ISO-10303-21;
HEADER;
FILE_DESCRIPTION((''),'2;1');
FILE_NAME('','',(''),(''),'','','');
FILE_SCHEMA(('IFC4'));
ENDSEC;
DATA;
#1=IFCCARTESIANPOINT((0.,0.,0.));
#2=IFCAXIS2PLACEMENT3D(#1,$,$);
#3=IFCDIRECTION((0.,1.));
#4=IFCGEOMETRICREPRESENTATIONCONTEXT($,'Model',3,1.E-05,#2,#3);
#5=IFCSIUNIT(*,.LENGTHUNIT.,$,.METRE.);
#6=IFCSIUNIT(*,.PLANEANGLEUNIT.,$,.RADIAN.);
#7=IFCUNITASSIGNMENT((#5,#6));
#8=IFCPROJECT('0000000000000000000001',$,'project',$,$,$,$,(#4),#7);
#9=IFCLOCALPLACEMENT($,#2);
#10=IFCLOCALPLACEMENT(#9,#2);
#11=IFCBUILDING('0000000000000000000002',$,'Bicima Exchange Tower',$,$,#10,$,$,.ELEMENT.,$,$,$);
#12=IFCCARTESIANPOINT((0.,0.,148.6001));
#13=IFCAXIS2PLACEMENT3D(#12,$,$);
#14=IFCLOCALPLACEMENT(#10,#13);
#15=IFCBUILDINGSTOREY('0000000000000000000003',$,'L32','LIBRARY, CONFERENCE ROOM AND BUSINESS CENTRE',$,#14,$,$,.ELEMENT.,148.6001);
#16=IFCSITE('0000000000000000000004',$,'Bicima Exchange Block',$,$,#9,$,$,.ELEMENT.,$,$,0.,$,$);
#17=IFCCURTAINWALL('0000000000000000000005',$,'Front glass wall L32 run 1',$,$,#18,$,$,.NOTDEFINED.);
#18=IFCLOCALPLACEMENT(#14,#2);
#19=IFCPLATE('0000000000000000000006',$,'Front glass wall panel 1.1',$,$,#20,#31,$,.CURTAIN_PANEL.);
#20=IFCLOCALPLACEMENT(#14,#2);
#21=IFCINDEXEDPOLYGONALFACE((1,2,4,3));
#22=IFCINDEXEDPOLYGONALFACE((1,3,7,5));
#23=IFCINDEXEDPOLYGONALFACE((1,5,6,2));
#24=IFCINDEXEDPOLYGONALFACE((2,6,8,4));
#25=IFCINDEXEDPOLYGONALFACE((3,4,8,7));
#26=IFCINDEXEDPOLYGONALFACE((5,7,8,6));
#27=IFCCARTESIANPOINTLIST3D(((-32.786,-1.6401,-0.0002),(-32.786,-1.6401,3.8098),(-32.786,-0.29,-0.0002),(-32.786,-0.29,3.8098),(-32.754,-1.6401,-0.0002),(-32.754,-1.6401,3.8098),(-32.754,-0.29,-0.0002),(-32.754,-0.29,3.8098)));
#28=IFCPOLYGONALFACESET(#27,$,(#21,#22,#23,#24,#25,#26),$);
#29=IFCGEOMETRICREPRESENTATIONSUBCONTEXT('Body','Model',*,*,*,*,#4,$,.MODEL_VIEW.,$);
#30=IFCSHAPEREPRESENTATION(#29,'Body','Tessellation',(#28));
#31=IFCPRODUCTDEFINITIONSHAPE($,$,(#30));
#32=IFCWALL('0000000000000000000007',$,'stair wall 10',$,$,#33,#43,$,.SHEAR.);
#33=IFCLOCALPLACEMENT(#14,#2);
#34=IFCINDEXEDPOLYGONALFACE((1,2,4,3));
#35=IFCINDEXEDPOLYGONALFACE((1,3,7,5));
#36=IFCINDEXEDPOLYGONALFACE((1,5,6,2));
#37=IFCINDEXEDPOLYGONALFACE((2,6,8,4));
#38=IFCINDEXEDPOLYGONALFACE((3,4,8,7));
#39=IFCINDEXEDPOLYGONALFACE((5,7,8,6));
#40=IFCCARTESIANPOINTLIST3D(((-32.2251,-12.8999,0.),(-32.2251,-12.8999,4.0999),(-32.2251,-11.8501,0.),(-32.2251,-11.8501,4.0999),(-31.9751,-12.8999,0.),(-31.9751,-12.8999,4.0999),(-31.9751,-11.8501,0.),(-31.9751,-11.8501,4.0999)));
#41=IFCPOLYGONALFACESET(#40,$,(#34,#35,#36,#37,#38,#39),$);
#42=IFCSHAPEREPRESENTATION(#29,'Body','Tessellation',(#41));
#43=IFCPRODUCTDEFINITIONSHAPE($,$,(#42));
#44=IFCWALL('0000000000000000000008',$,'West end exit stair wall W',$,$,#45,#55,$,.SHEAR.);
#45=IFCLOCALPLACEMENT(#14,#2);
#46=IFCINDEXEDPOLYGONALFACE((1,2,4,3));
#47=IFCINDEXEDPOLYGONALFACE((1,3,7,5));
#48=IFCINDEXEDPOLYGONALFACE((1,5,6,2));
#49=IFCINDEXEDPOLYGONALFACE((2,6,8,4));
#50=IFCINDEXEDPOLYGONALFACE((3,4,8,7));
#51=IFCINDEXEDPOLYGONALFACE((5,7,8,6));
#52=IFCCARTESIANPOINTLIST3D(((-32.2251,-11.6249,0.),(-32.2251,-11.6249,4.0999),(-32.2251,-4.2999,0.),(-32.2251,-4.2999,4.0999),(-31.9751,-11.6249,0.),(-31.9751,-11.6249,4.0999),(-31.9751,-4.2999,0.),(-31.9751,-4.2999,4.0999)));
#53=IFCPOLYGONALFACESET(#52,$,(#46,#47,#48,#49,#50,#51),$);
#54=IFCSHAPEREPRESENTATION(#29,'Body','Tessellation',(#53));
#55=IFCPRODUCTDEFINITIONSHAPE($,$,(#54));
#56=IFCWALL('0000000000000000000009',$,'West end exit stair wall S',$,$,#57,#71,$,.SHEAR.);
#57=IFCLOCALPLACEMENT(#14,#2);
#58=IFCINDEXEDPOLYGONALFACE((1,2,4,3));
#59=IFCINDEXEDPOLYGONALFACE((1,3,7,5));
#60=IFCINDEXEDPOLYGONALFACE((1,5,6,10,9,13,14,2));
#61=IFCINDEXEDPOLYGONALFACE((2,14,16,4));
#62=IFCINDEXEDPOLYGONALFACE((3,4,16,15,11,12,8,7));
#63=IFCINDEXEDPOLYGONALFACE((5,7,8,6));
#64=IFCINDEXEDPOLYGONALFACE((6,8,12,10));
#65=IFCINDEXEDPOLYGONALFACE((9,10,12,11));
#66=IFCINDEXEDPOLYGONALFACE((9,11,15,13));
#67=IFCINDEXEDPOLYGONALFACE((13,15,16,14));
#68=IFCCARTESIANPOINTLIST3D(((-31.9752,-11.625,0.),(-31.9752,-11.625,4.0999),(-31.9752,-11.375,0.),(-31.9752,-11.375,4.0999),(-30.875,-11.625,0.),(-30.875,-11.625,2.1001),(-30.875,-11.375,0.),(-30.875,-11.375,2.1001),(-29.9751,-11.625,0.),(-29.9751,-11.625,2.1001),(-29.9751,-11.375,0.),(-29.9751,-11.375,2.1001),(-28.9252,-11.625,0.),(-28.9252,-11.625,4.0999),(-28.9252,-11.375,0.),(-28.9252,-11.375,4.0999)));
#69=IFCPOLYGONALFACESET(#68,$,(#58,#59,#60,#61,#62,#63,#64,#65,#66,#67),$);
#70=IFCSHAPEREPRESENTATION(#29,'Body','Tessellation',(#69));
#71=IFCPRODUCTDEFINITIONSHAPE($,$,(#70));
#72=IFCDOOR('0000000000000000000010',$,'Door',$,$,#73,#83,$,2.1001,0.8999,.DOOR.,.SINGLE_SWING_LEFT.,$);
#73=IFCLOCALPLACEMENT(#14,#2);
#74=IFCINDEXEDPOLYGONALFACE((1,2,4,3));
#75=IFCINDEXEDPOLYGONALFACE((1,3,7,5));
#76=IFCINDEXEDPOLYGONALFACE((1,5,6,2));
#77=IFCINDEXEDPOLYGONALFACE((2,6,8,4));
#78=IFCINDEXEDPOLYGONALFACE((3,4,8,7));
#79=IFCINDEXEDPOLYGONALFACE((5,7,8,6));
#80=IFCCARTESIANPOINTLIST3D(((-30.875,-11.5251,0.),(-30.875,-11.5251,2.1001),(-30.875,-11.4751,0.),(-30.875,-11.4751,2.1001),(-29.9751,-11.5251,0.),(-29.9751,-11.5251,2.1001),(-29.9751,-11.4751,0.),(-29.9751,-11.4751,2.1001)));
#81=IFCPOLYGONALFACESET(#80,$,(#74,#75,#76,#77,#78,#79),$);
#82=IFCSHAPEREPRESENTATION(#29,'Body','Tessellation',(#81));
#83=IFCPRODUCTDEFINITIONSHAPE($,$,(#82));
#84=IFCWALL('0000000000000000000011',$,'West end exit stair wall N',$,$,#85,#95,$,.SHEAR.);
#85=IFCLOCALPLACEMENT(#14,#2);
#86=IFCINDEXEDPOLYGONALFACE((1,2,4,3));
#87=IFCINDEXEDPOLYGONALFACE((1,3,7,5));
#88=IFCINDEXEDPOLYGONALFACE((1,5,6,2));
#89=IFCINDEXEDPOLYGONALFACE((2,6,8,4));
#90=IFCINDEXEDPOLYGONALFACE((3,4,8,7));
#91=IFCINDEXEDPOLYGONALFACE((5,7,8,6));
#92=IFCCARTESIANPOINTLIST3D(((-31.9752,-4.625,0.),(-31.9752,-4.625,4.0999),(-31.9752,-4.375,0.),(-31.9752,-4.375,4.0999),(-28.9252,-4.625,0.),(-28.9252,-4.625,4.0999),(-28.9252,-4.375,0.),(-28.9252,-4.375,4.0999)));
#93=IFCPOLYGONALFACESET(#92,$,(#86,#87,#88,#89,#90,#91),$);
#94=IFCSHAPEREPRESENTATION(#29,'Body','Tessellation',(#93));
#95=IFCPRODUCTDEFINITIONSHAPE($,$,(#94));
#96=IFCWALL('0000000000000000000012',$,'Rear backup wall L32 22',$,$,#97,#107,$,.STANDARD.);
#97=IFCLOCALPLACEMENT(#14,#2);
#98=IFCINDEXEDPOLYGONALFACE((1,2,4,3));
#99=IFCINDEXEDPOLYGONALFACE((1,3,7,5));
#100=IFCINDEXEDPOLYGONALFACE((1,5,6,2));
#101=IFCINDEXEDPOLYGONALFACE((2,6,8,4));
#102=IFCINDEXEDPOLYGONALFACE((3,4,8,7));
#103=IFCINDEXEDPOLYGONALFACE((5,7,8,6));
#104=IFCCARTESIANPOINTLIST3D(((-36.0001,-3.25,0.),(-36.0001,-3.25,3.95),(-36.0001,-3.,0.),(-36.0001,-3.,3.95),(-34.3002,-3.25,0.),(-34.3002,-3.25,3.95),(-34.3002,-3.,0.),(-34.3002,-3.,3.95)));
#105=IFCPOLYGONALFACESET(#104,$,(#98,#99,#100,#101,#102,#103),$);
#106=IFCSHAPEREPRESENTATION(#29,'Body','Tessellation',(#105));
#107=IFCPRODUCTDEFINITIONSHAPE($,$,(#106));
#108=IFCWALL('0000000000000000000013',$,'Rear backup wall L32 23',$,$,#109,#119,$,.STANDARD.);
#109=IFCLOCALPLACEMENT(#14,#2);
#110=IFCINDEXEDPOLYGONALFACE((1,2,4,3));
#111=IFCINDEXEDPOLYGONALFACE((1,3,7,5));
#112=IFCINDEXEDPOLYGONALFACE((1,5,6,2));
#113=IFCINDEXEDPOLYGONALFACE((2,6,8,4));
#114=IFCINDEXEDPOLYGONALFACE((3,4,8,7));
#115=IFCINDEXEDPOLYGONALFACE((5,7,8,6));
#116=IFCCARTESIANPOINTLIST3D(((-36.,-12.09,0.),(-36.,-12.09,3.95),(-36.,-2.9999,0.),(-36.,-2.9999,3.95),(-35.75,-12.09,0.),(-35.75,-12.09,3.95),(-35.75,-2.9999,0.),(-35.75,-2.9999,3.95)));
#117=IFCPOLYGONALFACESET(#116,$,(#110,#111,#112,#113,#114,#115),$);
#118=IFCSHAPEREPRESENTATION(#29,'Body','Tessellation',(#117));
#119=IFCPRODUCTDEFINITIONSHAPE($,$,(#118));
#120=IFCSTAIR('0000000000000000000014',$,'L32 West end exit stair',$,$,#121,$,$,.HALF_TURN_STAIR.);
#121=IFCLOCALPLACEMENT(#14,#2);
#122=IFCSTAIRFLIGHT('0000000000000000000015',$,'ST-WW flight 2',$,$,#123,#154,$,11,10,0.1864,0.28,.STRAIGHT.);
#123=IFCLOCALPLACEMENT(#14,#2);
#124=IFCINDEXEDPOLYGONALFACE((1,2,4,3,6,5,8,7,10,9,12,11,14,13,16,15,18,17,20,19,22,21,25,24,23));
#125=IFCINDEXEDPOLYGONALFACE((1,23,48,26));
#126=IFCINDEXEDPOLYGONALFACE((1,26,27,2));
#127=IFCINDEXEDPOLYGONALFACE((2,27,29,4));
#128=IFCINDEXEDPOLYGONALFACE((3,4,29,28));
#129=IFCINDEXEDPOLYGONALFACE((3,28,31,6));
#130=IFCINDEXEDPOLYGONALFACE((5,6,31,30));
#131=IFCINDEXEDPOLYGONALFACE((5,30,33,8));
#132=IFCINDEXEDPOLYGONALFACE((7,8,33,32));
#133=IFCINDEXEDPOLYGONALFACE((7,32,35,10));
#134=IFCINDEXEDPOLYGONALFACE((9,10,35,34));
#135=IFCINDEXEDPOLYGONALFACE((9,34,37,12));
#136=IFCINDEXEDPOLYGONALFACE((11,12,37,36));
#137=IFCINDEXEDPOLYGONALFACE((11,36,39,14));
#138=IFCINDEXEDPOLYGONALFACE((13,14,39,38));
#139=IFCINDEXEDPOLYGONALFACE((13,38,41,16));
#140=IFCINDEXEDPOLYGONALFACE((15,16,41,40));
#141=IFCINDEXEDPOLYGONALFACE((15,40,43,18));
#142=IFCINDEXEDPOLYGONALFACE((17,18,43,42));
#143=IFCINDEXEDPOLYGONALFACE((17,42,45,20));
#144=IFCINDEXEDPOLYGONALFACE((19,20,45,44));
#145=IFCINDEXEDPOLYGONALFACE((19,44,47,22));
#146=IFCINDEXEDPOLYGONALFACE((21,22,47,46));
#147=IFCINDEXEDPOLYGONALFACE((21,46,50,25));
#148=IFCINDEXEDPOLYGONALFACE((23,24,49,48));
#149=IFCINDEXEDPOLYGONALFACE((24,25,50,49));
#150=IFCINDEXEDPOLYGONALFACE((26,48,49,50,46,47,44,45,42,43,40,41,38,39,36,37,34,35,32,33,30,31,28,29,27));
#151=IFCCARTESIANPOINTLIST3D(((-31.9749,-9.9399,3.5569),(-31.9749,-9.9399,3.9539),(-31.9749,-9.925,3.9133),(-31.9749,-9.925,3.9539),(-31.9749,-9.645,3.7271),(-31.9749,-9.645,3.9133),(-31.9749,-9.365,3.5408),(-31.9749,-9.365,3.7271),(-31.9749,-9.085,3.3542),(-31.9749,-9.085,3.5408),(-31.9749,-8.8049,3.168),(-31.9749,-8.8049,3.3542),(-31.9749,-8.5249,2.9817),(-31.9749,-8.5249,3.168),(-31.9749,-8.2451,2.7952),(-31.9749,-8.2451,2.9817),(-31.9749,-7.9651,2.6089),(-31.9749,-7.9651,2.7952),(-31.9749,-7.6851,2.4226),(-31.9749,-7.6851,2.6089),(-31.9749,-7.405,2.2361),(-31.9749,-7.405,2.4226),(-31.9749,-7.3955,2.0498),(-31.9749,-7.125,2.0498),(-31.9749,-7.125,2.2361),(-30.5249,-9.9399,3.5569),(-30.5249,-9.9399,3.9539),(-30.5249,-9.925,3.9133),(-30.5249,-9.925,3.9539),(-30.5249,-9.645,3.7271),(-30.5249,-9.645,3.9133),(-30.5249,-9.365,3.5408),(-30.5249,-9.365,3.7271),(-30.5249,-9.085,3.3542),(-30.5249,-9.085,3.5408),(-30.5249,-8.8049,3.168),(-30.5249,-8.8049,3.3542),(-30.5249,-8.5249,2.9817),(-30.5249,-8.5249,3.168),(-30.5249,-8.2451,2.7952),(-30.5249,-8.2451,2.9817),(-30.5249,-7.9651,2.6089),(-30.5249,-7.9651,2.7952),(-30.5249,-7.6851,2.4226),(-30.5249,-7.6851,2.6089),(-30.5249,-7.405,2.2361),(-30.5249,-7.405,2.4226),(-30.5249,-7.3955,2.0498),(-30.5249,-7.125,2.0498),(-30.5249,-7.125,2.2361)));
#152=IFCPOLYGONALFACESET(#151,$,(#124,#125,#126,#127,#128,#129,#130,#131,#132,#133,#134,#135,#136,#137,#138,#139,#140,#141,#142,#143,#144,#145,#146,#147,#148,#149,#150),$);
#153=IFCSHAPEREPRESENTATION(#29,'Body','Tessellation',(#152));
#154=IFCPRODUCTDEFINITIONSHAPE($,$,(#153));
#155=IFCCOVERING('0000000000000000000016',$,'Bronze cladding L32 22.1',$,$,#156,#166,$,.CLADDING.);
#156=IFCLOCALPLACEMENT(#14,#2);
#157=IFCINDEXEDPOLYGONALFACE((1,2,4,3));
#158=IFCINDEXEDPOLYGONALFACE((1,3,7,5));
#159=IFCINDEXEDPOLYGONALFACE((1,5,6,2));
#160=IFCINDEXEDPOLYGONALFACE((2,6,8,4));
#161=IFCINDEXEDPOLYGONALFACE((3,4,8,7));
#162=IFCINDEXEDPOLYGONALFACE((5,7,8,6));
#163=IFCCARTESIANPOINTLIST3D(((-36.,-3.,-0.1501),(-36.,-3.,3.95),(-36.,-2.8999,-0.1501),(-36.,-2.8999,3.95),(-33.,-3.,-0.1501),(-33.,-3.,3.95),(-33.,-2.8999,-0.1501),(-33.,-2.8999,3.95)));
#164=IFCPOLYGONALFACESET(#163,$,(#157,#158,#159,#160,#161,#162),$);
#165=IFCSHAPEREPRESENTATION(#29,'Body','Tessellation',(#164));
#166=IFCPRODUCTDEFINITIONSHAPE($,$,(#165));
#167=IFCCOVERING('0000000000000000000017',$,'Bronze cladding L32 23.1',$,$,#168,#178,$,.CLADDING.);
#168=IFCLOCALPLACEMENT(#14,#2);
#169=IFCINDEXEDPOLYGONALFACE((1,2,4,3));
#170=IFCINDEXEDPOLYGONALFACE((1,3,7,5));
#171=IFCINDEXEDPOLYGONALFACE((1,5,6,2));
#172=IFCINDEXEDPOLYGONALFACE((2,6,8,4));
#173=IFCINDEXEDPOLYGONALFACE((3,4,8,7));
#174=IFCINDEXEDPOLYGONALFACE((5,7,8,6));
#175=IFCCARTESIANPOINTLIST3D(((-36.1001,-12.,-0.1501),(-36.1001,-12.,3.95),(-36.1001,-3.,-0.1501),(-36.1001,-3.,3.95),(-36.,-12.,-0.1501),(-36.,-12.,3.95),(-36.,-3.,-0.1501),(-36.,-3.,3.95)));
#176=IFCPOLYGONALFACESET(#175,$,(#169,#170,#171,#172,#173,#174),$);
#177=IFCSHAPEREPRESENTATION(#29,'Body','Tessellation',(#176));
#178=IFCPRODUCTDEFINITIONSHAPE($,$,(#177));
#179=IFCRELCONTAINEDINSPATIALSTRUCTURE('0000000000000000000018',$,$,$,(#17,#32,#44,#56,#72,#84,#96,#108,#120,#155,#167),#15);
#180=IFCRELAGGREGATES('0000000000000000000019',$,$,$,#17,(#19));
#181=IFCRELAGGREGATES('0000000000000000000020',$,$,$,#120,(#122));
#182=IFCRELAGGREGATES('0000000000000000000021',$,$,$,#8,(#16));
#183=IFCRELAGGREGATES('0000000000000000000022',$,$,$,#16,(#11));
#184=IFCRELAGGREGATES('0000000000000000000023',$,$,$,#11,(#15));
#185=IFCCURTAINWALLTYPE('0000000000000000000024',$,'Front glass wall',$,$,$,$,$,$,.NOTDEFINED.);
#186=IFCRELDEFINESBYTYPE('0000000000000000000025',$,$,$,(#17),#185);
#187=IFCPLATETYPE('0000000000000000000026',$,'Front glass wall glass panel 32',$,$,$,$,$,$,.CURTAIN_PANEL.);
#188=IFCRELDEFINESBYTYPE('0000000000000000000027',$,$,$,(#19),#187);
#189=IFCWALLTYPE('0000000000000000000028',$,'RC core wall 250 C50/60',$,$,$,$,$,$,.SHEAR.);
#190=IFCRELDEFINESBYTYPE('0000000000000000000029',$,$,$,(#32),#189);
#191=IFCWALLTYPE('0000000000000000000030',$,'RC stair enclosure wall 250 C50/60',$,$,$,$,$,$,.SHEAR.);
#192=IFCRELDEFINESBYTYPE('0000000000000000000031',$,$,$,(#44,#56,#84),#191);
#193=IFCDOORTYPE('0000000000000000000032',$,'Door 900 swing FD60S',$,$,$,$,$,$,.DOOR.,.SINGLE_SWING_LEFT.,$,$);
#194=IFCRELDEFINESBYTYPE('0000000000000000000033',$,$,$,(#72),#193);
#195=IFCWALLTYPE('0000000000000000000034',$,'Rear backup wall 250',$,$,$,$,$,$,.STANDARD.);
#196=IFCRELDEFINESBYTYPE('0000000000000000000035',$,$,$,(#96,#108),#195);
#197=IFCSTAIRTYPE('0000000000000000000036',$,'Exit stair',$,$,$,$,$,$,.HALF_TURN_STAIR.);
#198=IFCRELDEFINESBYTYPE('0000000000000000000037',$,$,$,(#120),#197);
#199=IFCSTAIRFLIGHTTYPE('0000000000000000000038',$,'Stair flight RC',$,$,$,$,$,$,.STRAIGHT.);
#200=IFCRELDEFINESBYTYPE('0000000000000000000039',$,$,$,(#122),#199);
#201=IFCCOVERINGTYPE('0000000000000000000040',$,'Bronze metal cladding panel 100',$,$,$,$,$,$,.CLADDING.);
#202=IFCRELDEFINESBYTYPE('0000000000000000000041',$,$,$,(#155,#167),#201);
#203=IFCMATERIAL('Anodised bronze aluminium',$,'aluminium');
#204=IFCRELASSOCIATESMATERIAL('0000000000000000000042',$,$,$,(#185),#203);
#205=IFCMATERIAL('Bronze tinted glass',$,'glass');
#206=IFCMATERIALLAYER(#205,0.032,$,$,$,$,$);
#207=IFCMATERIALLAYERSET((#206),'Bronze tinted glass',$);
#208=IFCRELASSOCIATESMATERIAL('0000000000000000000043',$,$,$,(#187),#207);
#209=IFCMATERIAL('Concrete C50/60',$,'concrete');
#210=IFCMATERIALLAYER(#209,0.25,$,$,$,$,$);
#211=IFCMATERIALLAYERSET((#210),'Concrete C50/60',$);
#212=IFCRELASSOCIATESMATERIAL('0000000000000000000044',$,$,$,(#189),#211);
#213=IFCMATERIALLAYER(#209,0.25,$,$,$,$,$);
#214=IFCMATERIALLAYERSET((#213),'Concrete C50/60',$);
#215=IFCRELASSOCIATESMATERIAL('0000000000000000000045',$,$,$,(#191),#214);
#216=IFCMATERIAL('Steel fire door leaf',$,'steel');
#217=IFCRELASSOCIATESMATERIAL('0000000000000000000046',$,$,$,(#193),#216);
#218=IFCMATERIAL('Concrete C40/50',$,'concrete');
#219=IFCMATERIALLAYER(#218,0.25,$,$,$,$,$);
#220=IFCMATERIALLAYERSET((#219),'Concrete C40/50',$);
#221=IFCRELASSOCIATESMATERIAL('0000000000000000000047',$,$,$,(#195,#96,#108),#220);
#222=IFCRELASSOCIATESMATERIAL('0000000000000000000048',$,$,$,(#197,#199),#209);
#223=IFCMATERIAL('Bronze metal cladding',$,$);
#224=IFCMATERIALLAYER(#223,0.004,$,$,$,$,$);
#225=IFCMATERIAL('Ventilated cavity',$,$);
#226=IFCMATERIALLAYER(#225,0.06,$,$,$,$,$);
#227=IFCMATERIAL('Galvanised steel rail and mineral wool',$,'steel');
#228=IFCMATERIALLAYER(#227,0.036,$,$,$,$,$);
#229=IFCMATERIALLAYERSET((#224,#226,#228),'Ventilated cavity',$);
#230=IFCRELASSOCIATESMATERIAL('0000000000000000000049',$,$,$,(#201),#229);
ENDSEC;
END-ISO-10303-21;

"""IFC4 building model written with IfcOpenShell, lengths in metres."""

from ifc_helpers import new_model, si_unit, direction, frame, frame_2d, origin, origin_2d, place, context, subcontext, project, spatial, polyline, rectangle, outline, extrude, material, layer, layer_set, layer_usage, type_object, element, fill, aggregate, save


model = new_model("IFC4")

# Units and contexts
model_context = context("Model", 3, precision=1e-05, world=origin(), true_north=direction((0.0, 1.0)))
body_context = subcontext(model_context, "Body", "Model", "MODEL_VIEW")
ifc_project = project(units=[si_unit("LENGTHUNIT", "METRE"), si_unit("PLANEANGLEUNIT", "RADIAN")], contexts=[model_context])

# Site, building, storey
site_placement = place(None, origin())
site = spatial("IfcSite", under=ifc_project, at=site_placement, Name="Bicima Exchange Block", CompositionType="ELEMENT", RefElevation=0.0)
building_placement = place(site_placement, origin())
building = spatial("IfcBuilding", under=site, at=building_placement, Name="Bicima Exchange Tower", CompositionType="ELEMENT")
storey_placement = place(building_placement, frame((0.0, 0.0, 148.6001)))
storey = spatial("IfcBuildingStorey", under=building, at=storey_placement, Name="L32", Description="LIBRARY, CONFERENCE ROOM AND BUSINESS CENTRE", CompositionType="ELEMENT", Elevation=148.6001)

# Shared definitions
ifc_material_1 = material(Name="Anodised bronze aluminium", Category="aluminium")

# Curtain wall
curtain_wall_type_1 = type_object("IfcCurtainWallType", Name="Front glass wall", PredefinedType="NOTDEFINED", material=ifc_material_1)
curtain_wall_1_placement = place(storey_placement, origin())
curtain_wall_1 = element("IfcCurtainWall", 1, at=curtain_wall_1_placement, inside=storey, type_object=curtain_wall_type_1, Name="Front glass wall L32 run 1", PredefinedType="NOTDEFINED")

# Plate
ifc_material_2 = material(Name="Bronze tinted glass", Category="glass")
ifc_layer_1 = layer(ifc_material_2, 0.032)
ifc_layer_set_1 = layer_set([ifc_layer_1], Name="Bronze tinted glass")
plate_type = type_object("IfcPlateType", Name="Front glass wall glass panel 32", PredefinedType="CURTAIN_PANEL", material=ifc_layer_set_1)
plate_placement = place(storey_placement, frame((-32.77, -0.9651, -0.0002), z_axis=(0.0, 0.0, 1.0), x_axis=(0.0, -1.0, 0.0)))
plate = element("IfcPlate", 2, at=plate_placement, type_object=plate_type, Name="Front glass wall panel 1.1", PredefinedType="CURTAIN_PANEL", context=body_context, shape_type="SweptSolid", body=[
    extrude(rectangle(XDim=1.3501, YDim=0.032, at=origin_2d()), origin(), (0.0, 0.0, 1.0), 3.8101),
])
aggregate(curtain_wall_1, [plate])

# Walls
ifc_material_3 = material(Name="Concrete C50/60", Category="concrete")
ifc_layer_2 = layer(ifc_material_3, 0.25)
ifc_layer_set_2 = layer_set([ifc_layer_2], Name="Concrete C50/60")
wall_type_1 = type_object("IfcWallType", Name="RC core wall 250 C50/60", PredefinedType="SHEAR", material=ifc_layer_set_2)
wall_1_placement = place(storey_placement, frame((-32.1001, -12.8999, 0.0), z_axis=(0.0, 0.0, 1.0), x_axis=(0.0, 1.0, 0.0)))
element("IfcWall", 3, at=wall_1_placement, inside=storey, type_object=wall_type_1, Name="stair wall 10", PredefinedType="SHEAR", context=body_context, shape_type="SweptSolid", body=[
    extrude(rectangle(XDim=1.0498, YDim=0.25, at=frame_2d((0.5249, 0.0))), origin(), (0.0, 0.0, 1.0), 4.0999),
])
ifc_layer_3 = layer(ifc_material_3, 0.25)
ifc_layer_set_3 = layer_set([ifc_layer_3], Name="Concrete C50/60")
wall_type_2 = type_object("IfcWallType", Name="RC stair enclosure wall 250 C50/60", PredefinedType="SHEAR", material=ifc_layer_set_3)
wall_2_placement = place(storey_placement, frame((-32.1001, -11.625, 0.0), z_axis=(0.0, 0.0, 1.0), x_axis=(0.0, 1.0, 0.0)))
element("IfcWall", 4, at=wall_2_placement, inside=storey, type_object=wall_type_2, Name="West end exit stair wall W", PredefinedType="SHEAR", context=body_context, shape_type="SweptSolid", body=[
    extrude(rectangle(XDim=7.325, YDim=0.25, at=frame_2d((3.6626, 0.0))), origin(), (0.0, 0.0, 1.0), 4.0999),
])

# Wall, opening, door
wall_3_placement = place(storey_placement, frame((-31.9751, -11.5, 0.0), z_axis=(0.0, 0.0, 1.0), x_axis=(1.0, 0.0, 0.0)))
wall_3 = element("IfcWall", 5, at=wall_3_placement, inside=storey, type_object=wall_type_2, Name="West end exit stair wall S", PredefinedType="SHEAR", context=body_context, shape_type="SweptSolid", body=[
    extrude(rectangle(XDim=3.05, YDim=0.25, at=frame_2d((1.5249, 0.0))), origin(), (0.0, 0.0, 1.0), 4.0999),
])
opening_placement = place(wall_3_placement, frame((1.1001, 0.0, 0.0)))
opening = element("IfcOpeningElement", 6, at=opening_placement, cuts=wall_3, PredefinedType="OPENING", context=body_context, shape_type="SweptSolid", body=[
    extrude(rectangle(XDim=0.8999, YDim=2.1001, at=frame_2d((0.45, 1.05))), frame((0.0, 0.137, 0.0), z_axis=(0.0, -1.0, 0.0), x_axis=(1.0, 0.0, 0.0)), (0.0, 0.0, 1.0), 0.2739),
])
ifc_material_4 = material(Name="Steel fire door leaf", Category="steel")
door_type = type_object("IfcDoorType", Name="Door 900 swing FD60S", OperationType="SINGLE_SWING_LEFT", PredefinedType="DOOR", material=ifc_material_4)
door_placement = place(opening_placement, origin())
door = element("IfcDoor", 7, at=door_placement, inside=storey, type_object=door_type, Name="Door", OperationType="SINGLE_SWING_LEFT", OverallHeight=2.1001, OverallWidth=0.8999, PredefinedType="DOOR", context=body_context, shape_type="SweptSolid", body=[
    extrude(rectangle(XDim=0.8999, YDim=2.1001, at=frame_2d((0.45, 1.05))), frame((0.0, 0.0249, 0.0), z_axis=(0.0, -1.0, 0.0), x_axis=(1.0, 0.0, 0.0)), (0.0, 0.0, 1.0), 0.05),
])
fill(opening, door)

# Walls
wall_4_placement = place(storey_placement, frame((-31.9751, -4.5, 0.0), z_axis=(0.0, 0.0, 1.0), x_axis=(1.0, 0.0, 0.0)))
element("IfcWall", 8, at=wall_4_placement, inside=storey, type_object=wall_type_2, Name="West end exit stair wall N", PredefinedType="SHEAR", context=body_context, shape_type="SweptSolid", body=[
    extrude(rectangle(XDim=3.05, YDim=0.25, at=frame_2d((1.5249, 0.0))), origin(), (0.0, 0.0, 1.0), 4.0999),
])
ifc_material_5 = material(Name="Concrete C40/50", Category="concrete")
ifc_layer_4 = layer(ifc_material_5, 0.25)
ifc_layer_set_4 = layer_set([ifc_layer_4], Name="Concrete C40/50")
ifc_layer_usage = layer_usage(ifc_layer_set_4, "AXIS2", "POSITIVE", -0.125)
wall_type_3 = type_object("IfcWallType", Name="Rear backup wall 250", PredefinedType="STANDARD", material=ifc_layer_set_4)
wall_5_placement = place(storey_placement, frame((-34.3, -3.125, 0.0), z_axis=(0.0, 0.0, 1.0), x_axis=(-1.0, 0.0, 0.0)))
element("IfcWall", 9, at=wall_5_placement, inside=storey, type_object=wall_type_3, material=ifc_layer_usage, Name="Rear backup wall L32 22", PredefinedType="STANDARD", context=body_context, shape_type="SweptSolid", body=[
    extrude(rectangle(XDim=1.7, YDim=0.25, at=frame_2d((0.8501, 0.0))), origin(), (0.0, 0.0, 1.0), 3.95),
])
wall_6_placement = place(storey_placement, frame((-35.875, -3.0, 0.0), z_axis=(0.0, 0.0, 1.0), x_axis=(0.0, -1.0, 0.0)))
element("IfcWall", 10, at=wall_6_placement, inside=storey, type_object=wall_type_3, material=ifc_layer_usage, Name="Rear backup wall L32 23", PredefinedType="STANDARD", context=body_context, shape_type="SweptSolid", body=[
    extrude(rectangle(XDim=9.0901, YDim=0.25, at=frame_2d((4.5449, 0.0))), origin(), (0.0, 0.0, 1.0), 3.95),
])

# Stair, stair flight
stair_type = type_object("IfcStairType", Name="Exit stair", PredefinedType="HALF_TURN_STAIR", material=ifc_material_3)
stair_placement = place(storey_placement, origin())
stair = element("IfcStair", 11, at=stair_placement, inside=storey, type_object=stair_type, Name="L32 West end exit stair", PredefinedType="HALF_TURN_STAIR")
stair_flight_type = type_object("IfcStairFlightType", Name="Stair flight RC", PredefinedType="STRAIGHT", material=ifc_material_3)
stair_flight_placement = place(storey_placement, frame((-31.25, -7.125, 2.0498), z_axis=(0.0, 0.0, 1.0), x_axis=(0.0, -1.0, 0.0)))
stair_flight = element("IfcStairFlight", 12, at=stair_flight_placement, type_object=stair_flight_type, Name="ST-WW flight 2", NumberOfRisers=11, NumberOfTreads=10, PredefinedType="STRAIGHT", RiserHeight=0.1864, TreadLength=0.28, context=body_context, shape_type="SweptSolid", body=[
    extrude(outline(polyline([(0.0, 0.0), (0.0, 0.1863), (0.28, 0.1863), (0.28, 0.3728), (0.5601, 0.3728), (0.5601, 0.5591), (0.8401, 0.5591), (0.8401, 0.7454), (1.1201, 0.7454), (1.1201, 0.9319), (1.3999, 0.9319), (1.3999, 1.1182), (1.6799, 1.1182), (1.6799, 1.3044), (1.96, 1.3044), (1.96, 1.491), (2.24, 1.491), (2.24, 1.6772), (2.52, 1.6772), (2.52, 1.8635), (2.8, 1.8635), (2.8, 1.9041), (2.8149, 1.9041), (2.8149, 1.5071), (0.2705, 0.0), (0.0, 0.0)])), frame((0.0, 0.7251, 0.0), z_axis=(0.0, -1.0, 0.0), x_axis=(1.0, 0.0, 0.0)), (0.0, 0.0, 1.0), 1.45),
])
aggregate(stair, [stair_flight])

# Coverings
ifc_material_6 = material(Name="Bronze metal cladding")
ifc_layer_5 = layer(ifc_material_6, 0.004)
ifc_material_7 = material(Name="Ventilated cavity")
ifc_layer_6 = layer(ifc_material_7, 0.06)
ifc_material_8 = material(Name="Galvanised steel rail and mineral wool", Category="steel")
ifc_layer_7 = layer(ifc_material_8, 0.036)
ifc_layer_set_5 = layer_set([ifc_layer_5, ifc_layer_6, ifc_layer_7], Name="Ventilated cavity")
covering_type = type_object("IfcCoveringType", Name="Bronze metal cladding panel 100", PredefinedType="CLADDING", material=ifc_layer_set_5)
covering_1_placement = place(storey_placement, frame((-34.5, -2.95, -0.1501), z_axis=(0.0, 0.0, 1.0), x_axis=(-1.0, 0.0, 0.0)))
element("IfcCovering", 13, at=covering_1_placement, inside=storey, type_object=covering_type, Name="Bronze cladding L32 22.1", PredefinedType="CLADDING", context=body_context, shape_type="SweptSolid", body=[
    extrude(rectangle(XDim=3.0, YDim=0.1001, at=origin_2d()), origin(), (0.0, 0.0, 1.0), 4.1001),
])
covering_2_placement = place(storey_placement, frame((-36.05, -7.5, -0.1501), z_axis=(0.0, 0.0, 1.0), x_axis=(0.0, -1.0, 0.0)))
element("IfcCovering", 14, at=covering_2_placement, inside=storey, type_object=covering_type, Name="Bronze cladding L32 23.1", PredefinedType="CLADDING", context=body_context, shape_type="SweptSolid", body=[
    extrude(rectangle(XDim=9.0, YDim=0.1001, at=origin_2d()), origin(), (0.0, 0.0, 1.0), 4.1001),
])

save(model, "model.ifc")
